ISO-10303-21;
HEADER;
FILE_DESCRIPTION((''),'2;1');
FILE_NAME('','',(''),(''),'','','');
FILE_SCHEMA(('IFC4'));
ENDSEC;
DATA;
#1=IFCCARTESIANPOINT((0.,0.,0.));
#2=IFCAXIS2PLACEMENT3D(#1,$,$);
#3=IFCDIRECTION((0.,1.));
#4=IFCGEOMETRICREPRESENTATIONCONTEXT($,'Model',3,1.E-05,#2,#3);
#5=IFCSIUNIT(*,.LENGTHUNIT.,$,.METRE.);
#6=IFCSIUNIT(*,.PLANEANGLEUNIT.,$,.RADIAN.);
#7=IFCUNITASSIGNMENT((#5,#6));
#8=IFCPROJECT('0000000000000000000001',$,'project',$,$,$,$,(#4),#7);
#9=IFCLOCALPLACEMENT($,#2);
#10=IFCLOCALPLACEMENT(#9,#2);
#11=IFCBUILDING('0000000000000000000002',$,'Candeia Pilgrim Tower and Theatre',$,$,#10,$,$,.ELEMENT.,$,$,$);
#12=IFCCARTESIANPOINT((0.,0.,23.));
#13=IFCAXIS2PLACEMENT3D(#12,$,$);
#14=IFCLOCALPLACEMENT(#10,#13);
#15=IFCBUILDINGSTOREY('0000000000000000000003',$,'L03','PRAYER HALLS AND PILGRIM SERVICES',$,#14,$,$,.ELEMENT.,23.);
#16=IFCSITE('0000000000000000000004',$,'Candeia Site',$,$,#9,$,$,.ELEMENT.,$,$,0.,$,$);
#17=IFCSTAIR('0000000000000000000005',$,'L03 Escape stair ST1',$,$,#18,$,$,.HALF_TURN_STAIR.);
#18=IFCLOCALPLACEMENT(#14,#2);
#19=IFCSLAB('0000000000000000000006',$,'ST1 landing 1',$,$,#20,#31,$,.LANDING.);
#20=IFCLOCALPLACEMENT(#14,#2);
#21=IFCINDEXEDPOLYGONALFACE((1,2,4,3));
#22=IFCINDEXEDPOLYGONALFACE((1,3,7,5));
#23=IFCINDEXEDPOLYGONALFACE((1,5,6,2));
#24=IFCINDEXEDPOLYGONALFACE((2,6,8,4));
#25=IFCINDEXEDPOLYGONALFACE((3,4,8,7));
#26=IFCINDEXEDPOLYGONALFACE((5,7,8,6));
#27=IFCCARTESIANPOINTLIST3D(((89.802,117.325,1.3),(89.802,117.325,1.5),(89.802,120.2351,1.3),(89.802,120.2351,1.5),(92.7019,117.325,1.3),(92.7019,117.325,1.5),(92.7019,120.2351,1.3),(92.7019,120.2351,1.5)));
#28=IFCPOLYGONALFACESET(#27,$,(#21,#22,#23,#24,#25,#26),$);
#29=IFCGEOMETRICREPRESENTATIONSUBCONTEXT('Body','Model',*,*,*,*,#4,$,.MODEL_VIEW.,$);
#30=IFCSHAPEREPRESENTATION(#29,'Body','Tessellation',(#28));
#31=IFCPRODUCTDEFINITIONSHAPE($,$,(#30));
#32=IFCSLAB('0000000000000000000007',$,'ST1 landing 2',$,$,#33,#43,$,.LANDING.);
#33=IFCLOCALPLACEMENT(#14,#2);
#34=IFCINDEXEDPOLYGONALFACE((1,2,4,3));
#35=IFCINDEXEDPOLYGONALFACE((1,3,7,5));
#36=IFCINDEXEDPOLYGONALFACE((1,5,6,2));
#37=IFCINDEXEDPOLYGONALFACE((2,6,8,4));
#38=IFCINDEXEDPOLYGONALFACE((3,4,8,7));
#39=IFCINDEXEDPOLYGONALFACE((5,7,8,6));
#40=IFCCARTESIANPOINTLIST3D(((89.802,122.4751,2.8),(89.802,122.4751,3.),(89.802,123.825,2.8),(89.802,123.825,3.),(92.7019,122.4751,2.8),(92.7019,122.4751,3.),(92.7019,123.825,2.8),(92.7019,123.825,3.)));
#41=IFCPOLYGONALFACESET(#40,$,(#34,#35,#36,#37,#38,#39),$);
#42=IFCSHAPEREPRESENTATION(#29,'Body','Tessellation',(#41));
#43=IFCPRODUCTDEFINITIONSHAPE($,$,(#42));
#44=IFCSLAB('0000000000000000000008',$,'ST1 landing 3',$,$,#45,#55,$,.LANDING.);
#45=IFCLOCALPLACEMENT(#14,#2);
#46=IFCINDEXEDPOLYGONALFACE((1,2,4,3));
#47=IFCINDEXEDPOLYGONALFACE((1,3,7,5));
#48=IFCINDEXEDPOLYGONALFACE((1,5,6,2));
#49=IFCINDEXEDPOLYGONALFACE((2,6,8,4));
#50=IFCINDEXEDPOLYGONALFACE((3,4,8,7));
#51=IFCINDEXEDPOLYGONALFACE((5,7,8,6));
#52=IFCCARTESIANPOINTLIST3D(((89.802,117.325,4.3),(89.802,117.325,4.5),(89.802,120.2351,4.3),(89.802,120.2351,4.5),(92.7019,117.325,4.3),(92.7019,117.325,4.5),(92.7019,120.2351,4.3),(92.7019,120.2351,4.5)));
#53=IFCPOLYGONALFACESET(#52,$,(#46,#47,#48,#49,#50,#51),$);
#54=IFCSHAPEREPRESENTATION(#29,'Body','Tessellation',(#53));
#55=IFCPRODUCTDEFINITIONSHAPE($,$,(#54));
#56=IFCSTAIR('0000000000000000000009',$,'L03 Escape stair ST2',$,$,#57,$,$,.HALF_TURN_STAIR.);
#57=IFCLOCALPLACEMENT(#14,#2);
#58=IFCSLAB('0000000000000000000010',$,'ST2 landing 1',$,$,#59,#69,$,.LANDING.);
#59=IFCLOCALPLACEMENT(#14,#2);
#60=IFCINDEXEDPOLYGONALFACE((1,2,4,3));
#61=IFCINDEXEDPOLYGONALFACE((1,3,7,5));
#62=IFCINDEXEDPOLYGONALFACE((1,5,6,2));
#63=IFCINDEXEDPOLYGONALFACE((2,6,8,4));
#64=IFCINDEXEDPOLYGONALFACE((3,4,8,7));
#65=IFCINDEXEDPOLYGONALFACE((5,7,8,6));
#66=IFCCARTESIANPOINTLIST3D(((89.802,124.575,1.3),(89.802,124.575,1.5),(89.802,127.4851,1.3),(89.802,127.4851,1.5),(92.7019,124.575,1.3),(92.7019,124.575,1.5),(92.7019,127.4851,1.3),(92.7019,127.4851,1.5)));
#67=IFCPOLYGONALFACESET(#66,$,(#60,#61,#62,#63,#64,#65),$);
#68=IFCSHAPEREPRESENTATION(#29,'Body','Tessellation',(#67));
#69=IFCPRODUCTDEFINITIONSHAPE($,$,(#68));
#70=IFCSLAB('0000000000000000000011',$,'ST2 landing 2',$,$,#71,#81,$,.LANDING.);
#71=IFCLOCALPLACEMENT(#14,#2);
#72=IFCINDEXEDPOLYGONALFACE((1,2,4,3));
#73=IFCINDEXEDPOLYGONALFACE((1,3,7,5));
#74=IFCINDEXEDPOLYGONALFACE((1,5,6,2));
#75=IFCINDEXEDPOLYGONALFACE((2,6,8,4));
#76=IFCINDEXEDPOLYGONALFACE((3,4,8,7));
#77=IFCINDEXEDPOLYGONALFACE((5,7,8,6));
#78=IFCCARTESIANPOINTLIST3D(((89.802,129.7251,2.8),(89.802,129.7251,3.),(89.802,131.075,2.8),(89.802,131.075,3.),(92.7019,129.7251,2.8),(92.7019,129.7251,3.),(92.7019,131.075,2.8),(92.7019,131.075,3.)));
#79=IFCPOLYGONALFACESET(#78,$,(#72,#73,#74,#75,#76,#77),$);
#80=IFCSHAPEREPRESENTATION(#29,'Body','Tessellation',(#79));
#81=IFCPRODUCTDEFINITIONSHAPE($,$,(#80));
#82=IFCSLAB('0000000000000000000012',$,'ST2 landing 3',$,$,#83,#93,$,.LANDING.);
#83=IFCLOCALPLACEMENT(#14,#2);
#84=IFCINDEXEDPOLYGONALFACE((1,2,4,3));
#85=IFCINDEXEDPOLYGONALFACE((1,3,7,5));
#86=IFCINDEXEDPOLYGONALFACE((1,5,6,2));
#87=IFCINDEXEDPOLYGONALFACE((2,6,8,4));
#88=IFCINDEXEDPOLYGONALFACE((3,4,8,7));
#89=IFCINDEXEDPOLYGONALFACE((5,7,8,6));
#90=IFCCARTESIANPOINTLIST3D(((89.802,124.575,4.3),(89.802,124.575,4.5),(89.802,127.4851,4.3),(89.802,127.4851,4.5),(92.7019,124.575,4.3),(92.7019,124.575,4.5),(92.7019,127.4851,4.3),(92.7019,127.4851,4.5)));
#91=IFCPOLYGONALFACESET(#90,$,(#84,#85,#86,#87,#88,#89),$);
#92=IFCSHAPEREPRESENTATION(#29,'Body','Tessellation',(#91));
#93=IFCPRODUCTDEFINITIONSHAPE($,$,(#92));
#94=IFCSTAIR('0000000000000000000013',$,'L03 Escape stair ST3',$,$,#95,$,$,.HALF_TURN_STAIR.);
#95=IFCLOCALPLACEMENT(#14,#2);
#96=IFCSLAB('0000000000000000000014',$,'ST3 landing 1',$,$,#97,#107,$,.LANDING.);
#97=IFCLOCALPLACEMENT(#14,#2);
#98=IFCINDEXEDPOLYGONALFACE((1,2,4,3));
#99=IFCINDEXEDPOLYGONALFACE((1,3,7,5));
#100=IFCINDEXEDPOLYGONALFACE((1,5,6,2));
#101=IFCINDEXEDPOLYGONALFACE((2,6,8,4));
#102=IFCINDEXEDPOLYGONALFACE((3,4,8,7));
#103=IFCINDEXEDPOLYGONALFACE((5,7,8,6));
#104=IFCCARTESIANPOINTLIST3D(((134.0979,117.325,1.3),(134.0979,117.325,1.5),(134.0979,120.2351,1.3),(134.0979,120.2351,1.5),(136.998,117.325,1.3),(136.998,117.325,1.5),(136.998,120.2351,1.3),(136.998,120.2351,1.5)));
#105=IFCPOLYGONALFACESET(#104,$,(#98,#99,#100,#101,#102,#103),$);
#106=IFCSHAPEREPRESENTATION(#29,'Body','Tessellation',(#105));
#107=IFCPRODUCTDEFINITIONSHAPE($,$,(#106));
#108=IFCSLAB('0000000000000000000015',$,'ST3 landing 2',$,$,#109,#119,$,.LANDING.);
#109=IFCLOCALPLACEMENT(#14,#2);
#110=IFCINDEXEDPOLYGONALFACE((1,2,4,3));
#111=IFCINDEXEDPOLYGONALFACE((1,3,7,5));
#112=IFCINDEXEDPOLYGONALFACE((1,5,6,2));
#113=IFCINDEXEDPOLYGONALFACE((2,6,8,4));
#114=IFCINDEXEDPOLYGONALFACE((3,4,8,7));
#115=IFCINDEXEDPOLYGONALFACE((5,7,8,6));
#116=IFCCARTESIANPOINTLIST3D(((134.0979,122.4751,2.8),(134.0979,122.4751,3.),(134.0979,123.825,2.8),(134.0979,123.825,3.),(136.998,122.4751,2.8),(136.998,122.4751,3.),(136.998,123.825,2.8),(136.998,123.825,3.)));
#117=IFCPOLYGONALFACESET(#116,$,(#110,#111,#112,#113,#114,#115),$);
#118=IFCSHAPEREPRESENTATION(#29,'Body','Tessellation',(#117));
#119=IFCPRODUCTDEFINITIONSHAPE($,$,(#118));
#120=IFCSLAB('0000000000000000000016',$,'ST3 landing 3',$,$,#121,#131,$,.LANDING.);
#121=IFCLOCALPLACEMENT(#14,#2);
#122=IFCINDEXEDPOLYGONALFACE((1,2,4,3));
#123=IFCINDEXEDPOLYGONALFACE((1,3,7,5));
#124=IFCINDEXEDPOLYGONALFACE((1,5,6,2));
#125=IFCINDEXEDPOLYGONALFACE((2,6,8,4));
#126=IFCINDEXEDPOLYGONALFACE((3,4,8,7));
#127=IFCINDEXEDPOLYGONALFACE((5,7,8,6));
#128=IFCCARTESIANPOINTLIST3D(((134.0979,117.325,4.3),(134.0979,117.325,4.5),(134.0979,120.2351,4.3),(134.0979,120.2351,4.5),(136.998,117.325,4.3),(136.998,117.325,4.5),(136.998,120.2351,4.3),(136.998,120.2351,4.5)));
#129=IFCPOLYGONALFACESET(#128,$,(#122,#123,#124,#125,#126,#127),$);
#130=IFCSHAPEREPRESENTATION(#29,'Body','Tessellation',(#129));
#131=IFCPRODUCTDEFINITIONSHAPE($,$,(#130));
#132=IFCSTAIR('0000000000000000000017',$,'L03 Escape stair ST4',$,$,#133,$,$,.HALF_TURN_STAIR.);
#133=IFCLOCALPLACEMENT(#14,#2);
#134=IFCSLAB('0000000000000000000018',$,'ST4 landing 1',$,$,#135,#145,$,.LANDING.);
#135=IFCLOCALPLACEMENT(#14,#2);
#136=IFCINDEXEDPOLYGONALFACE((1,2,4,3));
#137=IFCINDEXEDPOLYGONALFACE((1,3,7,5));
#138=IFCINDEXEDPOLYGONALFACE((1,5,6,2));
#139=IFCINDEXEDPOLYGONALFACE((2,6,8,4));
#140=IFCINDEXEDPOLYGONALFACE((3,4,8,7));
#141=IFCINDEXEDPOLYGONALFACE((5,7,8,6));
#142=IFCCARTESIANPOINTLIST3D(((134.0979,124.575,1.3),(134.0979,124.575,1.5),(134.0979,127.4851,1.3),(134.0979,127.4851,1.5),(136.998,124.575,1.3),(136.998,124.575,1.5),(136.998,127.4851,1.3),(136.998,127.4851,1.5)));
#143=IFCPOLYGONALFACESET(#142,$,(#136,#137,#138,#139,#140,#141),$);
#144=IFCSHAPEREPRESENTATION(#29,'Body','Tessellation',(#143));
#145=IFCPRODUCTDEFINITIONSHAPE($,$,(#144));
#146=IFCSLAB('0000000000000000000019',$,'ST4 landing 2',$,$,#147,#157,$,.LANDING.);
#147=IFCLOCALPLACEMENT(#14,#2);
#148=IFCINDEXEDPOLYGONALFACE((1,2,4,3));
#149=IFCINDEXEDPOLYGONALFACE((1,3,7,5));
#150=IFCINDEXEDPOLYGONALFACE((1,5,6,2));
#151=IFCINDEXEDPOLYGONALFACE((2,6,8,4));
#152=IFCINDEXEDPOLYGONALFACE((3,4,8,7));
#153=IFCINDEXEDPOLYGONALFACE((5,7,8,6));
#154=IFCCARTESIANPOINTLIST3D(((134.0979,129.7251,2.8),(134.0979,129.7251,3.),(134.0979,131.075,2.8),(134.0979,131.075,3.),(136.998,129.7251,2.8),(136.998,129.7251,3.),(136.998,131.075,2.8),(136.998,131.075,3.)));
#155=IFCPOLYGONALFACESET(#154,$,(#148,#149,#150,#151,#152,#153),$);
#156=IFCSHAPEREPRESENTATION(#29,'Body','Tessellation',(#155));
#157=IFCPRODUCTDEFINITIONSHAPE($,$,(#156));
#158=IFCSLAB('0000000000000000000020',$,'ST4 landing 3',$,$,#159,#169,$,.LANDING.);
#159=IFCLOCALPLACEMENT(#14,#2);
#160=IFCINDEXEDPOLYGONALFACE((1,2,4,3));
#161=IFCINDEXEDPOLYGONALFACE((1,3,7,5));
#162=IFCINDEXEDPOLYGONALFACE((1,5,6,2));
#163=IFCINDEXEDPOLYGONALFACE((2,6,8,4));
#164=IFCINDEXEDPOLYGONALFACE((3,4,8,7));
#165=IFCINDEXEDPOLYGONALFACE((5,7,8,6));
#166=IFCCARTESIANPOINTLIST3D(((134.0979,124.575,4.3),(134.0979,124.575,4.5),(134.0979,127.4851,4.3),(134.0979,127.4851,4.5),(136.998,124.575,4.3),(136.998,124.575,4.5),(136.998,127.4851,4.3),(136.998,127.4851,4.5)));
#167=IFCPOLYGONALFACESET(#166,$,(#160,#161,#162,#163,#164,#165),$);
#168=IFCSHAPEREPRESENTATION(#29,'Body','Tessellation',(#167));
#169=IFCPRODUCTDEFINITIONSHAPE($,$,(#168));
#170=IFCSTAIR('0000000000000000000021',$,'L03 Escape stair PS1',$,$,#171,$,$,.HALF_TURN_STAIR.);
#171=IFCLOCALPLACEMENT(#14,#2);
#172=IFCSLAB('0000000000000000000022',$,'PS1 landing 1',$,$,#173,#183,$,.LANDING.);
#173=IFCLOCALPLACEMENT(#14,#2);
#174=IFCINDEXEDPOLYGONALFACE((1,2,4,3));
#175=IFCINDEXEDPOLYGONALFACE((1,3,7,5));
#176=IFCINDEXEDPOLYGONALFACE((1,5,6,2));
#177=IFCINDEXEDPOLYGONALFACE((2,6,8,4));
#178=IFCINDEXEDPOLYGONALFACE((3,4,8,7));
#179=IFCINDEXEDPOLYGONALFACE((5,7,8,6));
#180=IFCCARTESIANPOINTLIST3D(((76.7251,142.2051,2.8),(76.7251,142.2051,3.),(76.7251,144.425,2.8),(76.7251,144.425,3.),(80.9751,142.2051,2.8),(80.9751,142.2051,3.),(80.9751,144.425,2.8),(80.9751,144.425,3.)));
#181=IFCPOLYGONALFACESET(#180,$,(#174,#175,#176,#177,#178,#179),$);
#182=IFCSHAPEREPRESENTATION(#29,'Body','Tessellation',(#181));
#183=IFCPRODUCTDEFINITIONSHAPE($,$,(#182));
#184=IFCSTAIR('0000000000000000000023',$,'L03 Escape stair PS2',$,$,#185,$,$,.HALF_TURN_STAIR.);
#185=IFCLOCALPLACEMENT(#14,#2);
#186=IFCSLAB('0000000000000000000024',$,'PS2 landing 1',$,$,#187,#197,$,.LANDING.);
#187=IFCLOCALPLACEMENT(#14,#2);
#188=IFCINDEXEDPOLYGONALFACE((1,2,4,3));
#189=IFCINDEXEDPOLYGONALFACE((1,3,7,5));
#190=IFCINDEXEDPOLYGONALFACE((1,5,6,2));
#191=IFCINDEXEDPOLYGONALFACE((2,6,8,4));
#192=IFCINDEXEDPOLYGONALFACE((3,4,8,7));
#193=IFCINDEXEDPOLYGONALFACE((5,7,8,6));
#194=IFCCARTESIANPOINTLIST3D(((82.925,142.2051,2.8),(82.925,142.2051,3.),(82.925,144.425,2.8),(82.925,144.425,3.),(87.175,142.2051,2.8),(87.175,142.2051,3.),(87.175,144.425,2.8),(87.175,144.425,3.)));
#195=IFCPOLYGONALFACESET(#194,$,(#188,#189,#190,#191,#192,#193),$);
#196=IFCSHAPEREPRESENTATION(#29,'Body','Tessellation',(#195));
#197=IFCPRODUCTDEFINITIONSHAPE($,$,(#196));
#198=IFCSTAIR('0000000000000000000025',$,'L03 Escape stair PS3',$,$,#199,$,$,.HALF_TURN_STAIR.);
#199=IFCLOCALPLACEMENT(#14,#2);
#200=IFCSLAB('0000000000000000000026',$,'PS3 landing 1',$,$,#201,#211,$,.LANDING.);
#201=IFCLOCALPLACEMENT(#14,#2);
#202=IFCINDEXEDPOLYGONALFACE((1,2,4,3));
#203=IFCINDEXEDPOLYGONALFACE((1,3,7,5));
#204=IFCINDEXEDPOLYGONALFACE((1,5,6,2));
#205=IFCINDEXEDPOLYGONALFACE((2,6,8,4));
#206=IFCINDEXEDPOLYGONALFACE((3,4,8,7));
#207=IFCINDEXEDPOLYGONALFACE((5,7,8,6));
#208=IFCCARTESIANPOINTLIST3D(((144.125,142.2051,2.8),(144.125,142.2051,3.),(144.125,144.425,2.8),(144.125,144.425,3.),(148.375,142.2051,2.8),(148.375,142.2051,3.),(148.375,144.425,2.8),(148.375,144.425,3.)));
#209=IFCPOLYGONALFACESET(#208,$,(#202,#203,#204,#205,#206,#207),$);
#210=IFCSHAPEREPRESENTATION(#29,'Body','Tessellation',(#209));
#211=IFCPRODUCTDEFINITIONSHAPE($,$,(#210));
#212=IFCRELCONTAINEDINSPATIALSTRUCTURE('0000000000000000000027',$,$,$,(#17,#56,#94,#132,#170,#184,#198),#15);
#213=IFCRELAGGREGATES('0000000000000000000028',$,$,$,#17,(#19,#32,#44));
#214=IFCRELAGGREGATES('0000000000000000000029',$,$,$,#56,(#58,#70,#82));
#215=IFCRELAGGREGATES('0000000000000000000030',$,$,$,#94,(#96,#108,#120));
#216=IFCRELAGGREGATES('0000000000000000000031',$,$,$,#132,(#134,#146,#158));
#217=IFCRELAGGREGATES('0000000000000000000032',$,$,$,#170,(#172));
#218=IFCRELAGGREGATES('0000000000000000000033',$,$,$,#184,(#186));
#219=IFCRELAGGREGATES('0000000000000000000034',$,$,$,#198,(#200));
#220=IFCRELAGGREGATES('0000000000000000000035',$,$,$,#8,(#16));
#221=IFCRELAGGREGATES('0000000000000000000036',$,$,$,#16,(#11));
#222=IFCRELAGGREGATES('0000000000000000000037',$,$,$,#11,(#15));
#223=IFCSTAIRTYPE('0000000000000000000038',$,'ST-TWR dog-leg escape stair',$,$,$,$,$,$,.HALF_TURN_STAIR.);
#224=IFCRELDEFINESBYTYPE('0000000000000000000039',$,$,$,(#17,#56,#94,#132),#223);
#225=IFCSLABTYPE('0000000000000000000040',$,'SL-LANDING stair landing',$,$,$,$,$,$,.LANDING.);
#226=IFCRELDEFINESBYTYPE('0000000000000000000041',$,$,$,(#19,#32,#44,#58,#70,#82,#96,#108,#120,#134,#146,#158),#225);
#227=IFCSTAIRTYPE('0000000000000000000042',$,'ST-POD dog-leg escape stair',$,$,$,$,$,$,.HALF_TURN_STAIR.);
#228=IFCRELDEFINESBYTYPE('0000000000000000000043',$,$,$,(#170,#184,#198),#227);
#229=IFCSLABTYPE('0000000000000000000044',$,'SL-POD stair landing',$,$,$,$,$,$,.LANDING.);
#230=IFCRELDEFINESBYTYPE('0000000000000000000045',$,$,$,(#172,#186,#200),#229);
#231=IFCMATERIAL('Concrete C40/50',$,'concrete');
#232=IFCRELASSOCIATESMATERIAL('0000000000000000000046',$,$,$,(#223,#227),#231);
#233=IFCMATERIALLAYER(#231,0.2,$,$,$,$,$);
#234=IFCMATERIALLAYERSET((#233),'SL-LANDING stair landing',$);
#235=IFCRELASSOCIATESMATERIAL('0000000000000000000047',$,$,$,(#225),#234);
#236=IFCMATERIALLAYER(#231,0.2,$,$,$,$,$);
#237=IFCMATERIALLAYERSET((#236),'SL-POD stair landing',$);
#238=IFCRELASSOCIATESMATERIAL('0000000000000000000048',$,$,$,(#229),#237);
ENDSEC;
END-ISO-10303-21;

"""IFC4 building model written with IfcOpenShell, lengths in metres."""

from ifc_helpers import new_model, si_unit, direction, frame, origin, place, context, subcontext, project, spatial, polyline, outline, extrude, material, layer, layer_set, type_object, element, aggregate, save


model = new_model("IFC4")

# Units and contexts
model_context = context("Model", 3, precision=1e-05, world=origin(), true_north=direction((0.0, 1.0)))
body_context = subcontext(model_context, "Body", "Model", "MODEL_VIEW")
ifc_project = project(units=[si_unit("LENGTHUNIT", "METRE"), si_unit("PLANEANGLEUNIT", "RADIAN")], contexts=[model_context])

# Site, building, storey
site_placement = place(None, origin())
site = spatial("IfcSite", under=ifc_project, at=site_placement, Name="Candeia Site", CompositionType="ELEMENT", RefElevation=0.0)
building_placement = place(site_placement, origin())
building = spatial("IfcBuilding", under=site, at=building_placement, Name="Candeia Pilgrim Tower and Theatre", CompositionType="ELEMENT")
storey_placement = place(building_placement, frame((0.0, 0.0, 23.0)))
storey = spatial("IfcBuildingStorey", under=building, at=storey_placement, Name="L03", Description="PRAYER HALLS AND PILGRIM SERVICES", CompositionType="ELEMENT", Elevation=23.0)

# Shared definitions
ifc_material_1 = material(Name="Concrete C40/50", Category="concrete")

# Stairs, slabs
stair_type_1 = type_object("IfcStairType", Name="ST-TWR dog-leg escape stair", PredefinedType="HALF_TURN_STAIR", material=ifc_material_1)
stair_1_placement = place(storey_placement, origin())
stair_1 = element("IfcStair", 1, at=stair_1_placement, inside=storey, type_object=stair_type_1, Name="L03 Escape stair ST1", PredefinedType="HALF_TURN_STAIR")
ifc_layer_1 = layer(ifc_material_1, 0.2)
ifc_layer_set_1 = layer_set([ifc_layer_1], Name="SL-LANDING stair landing")
slab_type_1 = type_object("IfcSlabType", Name="SL-LANDING stair landing", PredefinedType="LANDING", material=ifc_layer_set_1)
slab_1_placement = place(storey_placement, frame((0.0, 0.0, 1.3)))
slab_1 = element("IfcSlab", 2, at=slab_1_placement, type_object=slab_type_1, Name="ST1 landing 1", PredefinedType="LANDING", context=body_context, shape_type="SweptSolid", body=[
    extrude(outline(polyline([(89.802, 120.2351), (89.802, 117.325), (92.7019, 117.325), (92.7019, 120.2351), (89.802, 120.2351)])), origin(), (0.0, 0.0, 1.0), 0.2),
])
slab_2_placement = place(storey_placement, frame((0.0, 0.0, 2.8)))
slab_2 = element("IfcSlab", 3, at=slab_2_placement, type_object=slab_type_1, Name="ST1 landing 2", PredefinedType="LANDING", context=body_context, shape_type="SweptSolid", body=[
    extrude(outline(polyline([(89.802, 123.825), (89.802, 122.4751), (92.7019, 122.4751), (92.7019, 123.825), (89.802, 123.825)])), origin(), (0.0, 0.0, 1.0), 0.2),
])
slab_3_placement = place(storey_placement, frame((0.0, 0.0, 4.3)))
slab_3 = element("IfcSlab", 4, at=slab_3_placement, type_object=slab_type_1, Name="ST1 landing 3", PredefinedType="LANDING", context=body_context, shape_type="SweptSolid", body=[
    extrude(outline(polyline([(89.802, 120.2351), (89.802, 117.325), (92.7019, 117.325), (92.7019, 120.2351), (89.802, 120.2351)])), origin(), (0.0, 0.0, 1.0), 0.2),
])
aggregate(stair_1, [slab_1, slab_2, slab_3])
stair_2_placement = place(storey_placement, origin())
stair_2 = element("IfcStair", 5, at=stair_2_placement, inside=storey, type_object=stair_type_1, Name="L03 Escape stair ST2", PredefinedType="HALF_TURN_STAIR")
slab_4_placement = place(storey_placement, frame((0.0, 0.0, 1.3)))
slab_4 = element("IfcSlab", 6, at=slab_4_placement, type_object=slab_type_1, Name="ST2 landing 1", PredefinedType="LANDING", context=body_context, shape_type="SweptSolid", body=[
    extrude(outline(polyline([(89.802, 127.4851), (89.802, 124.575), (92.7019, 124.575), (92.7019, 127.4851), (89.802, 127.4851)])), origin(), (0.0, 0.0, 1.0), 0.2),
])
slab_5_placement = place(storey_placement, frame((0.0, 0.0, 2.8)))
slab_5 = element("IfcSlab", 7, at=slab_5_placement, type_object=slab_type_1, Name="ST2 landing 2", PredefinedType="LANDING", context=body_context, shape_type="SweptSolid", body=[
    extrude(outline(polyline([(89.802, 131.075), (89.802, 129.7251), (92.7019, 129.7251), (92.7019, 131.075), (89.802, 131.075)])), origin(), (0.0, 0.0, 1.0), 0.2),
])
slab_6_placement = place(storey_placement, frame((0.0, 0.0, 4.3)))
slab_6 = element("IfcSlab", 8, at=slab_6_placement, type_object=slab_type_1, Name="ST2 landing 3", PredefinedType="LANDING", context=body_context, shape_type="SweptSolid", body=[
    extrude(outline(polyline([(89.802, 127.4851), (89.802, 124.575), (92.7019, 124.575), (92.7019, 127.4851), (89.802, 127.4851)])), origin(), (0.0, 0.0, 1.0), 0.2),
])
aggregate(stair_2, [slab_4, slab_5, slab_6])
stair_3_placement = place(storey_placement, origin())
stair_3 = element("IfcStair", 9, at=stair_3_placement, inside=storey, type_object=stair_type_1, Name="L03 Escape stair ST3", PredefinedType="HALF_TURN_STAIR")
slab_7_placement = place(storey_placement, frame((0.0, 0.0, 1.3)))
slab_7 = element("IfcSlab", 10, at=slab_7_placement, type_object=slab_type_1, Name="ST3 landing 1", PredefinedType="LANDING", context=body_context, shape_type="SweptSolid", body=[
    extrude(outline(polyline([(134.0979, 120.2351), (134.0979, 117.325), (136.998, 117.325), (136.998, 120.2351), (134.0979, 120.2351)])), origin(), (0.0, 0.0, 1.0), 0.2),
])
slab_8_placement = place(storey_placement, frame((0.0, 0.0, 2.8)))
slab_8 = element("IfcSlab", 11, at=slab_8_placement, type_object=slab_type_1, Name="ST3 landing 2", PredefinedType="LANDING", context=body_context, shape_type="SweptSolid", body=[
    extrude(outline(polyline([(134.0979, 123.825), (134.0979, 122.4751), (136.998, 122.4751), (136.998, 123.825), (134.0979, 123.825)])), origin(), (0.0, 0.0, 1.0), 0.2),
])
slab_9_placement = place(storey_placement, frame((0.0, 0.0, 4.3)))
slab_9 = element("IfcSlab", 12, at=slab_9_placement, type_object=slab_type_1, Name="ST3 landing 3", PredefinedType="LANDING", context=body_context, shape_type="SweptSolid", body=[
    extrude(outline(polyline([(134.0979, 120.2351), (134.0979, 117.325), (136.998, 117.325), (136.998, 120.2351), (134.0979, 120.2351)])), origin(), (0.0, 0.0, 1.0), 0.2),
])
aggregate(stair_3, [slab_7, slab_8, slab_9])
stair_4_placement = place(storey_placement, origin())
stair_4 = element("IfcStair", 13, at=stair_4_placement, inside=storey, type_object=stair_type_1, Name="L03 Escape stair ST4", PredefinedType="HALF_TURN_STAIR")
slab_10_placement = place(storey_placement, frame((0.0, 0.0, 1.3)))
slab_10 = element("IfcSlab", 14, at=slab_10_placement, type_object=slab_type_1, Name="ST4 landing 1", PredefinedType="LANDING", context=body_context, shape_type="SweptSolid", body=[
    extrude(outline(polyline([(134.0979, 127.4851), (134.0979, 124.575), (136.998, 124.575), (136.998, 127.4851), (134.0979, 127.4851)])), origin(), (0.0, 0.0, 1.0), 0.2),
])
slab_11_placement = place(storey_placement, frame((0.0, 0.0, 2.8)))
slab_11 = element("IfcSlab", 15, at=slab_11_placement, type_object=slab_type_1, Name="ST4 landing 2", PredefinedType="LANDING", context=body_context, shape_type="SweptSolid", body=[
    extrude(outline(polyline([(134.0979, 131.075), (134.0979, 129.7251), (136.998, 129.7251), (136.998, 131.075), (134.0979, 131.075)])), origin(), (0.0, 0.0, 1.0), 0.2),
])
slab_12_placement = place(storey_placement, frame((0.0, 0.0, 4.3)))
slab_12 = element("IfcSlab", 16, at=slab_12_placement, type_object=slab_type_1, Name="ST4 landing 3", PredefinedType="LANDING", context=body_context, shape_type="SweptSolid", body=[
    extrude(outline(polyline([(134.0979, 127.4851), (134.0979, 124.575), (136.998, 124.575), (136.998, 127.4851), (134.0979, 127.4851)])), origin(), (0.0, 0.0, 1.0), 0.2),
])
aggregate(stair_4, [slab_10, slab_11, slab_12])

# Stairs, slabs
stair_type_2 = type_object("IfcStairType", Name="ST-POD dog-leg escape stair", PredefinedType="HALF_TURN_STAIR", material=ifc_material_1)
stair_5_placement = place(storey_placement, origin())
stair_5 = element("IfcStair", 17, at=stair_5_placement, inside=storey, type_object=stair_type_2, Name="L03 Escape stair PS1", PredefinedType="HALF_TURN_STAIR")
ifc_layer_2 = layer(ifc_material_1, 0.2)
ifc_layer_set_2 = layer_set([ifc_layer_2], Name="SL-POD stair landing")
slab_type_2 = type_object("IfcSlabType", Name="SL-POD stair landing", PredefinedType="LANDING", material=ifc_layer_set_2)
slab_13_placement = place(storey_placement, frame((0.0, 0.0, 2.8)))
slab_13 = element("IfcSlab", 18, at=slab_13_placement, type_object=slab_type_2, Name="PS1 landing 1", PredefinedType="LANDING", context=body_context, shape_type="SweptSolid", body=[
    extrude(outline(polyline([(80.9751, 142.2051), (80.9751, 144.425), (76.7251, 144.425), (76.7251, 142.2051), (80.9751, 142.2051)])), origin(), (0.0, 0.0, 1.0), 0.2),
])
aggregate(stair_5, [slab_13])
stair_6_placement = place(storey_placement, origin())
stair_6 = element("IfcStair", 19, at=stair_6_placement, inside=storey, type_object=stair_type_2, Name="L03 Escape stair PS2", PredefinedType="HALF_TURN_STAIR")
slab_14_placement = place(storey_placement, frame((0.0, 0.0, 2.8)))
slab_14 = element("IfcSlab", 20, at=slab_14_placement, type_object=slab_type_2, Name="PS2 landing 1", PredefinedType="LANDING", context=body_context, shape_type="SweptSolid", body=[
    extrude(outline(polyline([(87.175, 142.2051), (87.175, 144.425), (82.925, 144.425), (82.925, 142.2051), (87.175, 142.2051)])), origin(), (0.0, 0.0, 1.0), 0.2),
])
aggregate(stair_6, [slab_14])
stair_7_placement = place(storey_placement, origin())
stair_7 = element("IfcStair", 21, at=stair_7_placement, inside=storey, type_object=stair_type_2, Name="L03 Escape stair PS3", PredefinedType="HALF_TURN_STAIR")
slab_15_placement = place(storey_placement, frame((0.0, 0.0, 2.8)))
slab_15 = element("IfcSlab", 22, at=slab_15_placement, type_object=slab_type_2, Name="PS3 landing 1", PredefinedType="LANDING", context=body_context, shape_type="SweptSolid", body=[
    extrude(outline(polyline([(148.375, 142.2051), (148.375, 144.425), (144.125, 144.425), (144.125, 142.2051), (148.375, 142.2051)])), origin(), (0.0, 0.0, 1.0), 0.2),
])
aggregate(stair_7, [slab_15])

save(model, "model.ifc")
